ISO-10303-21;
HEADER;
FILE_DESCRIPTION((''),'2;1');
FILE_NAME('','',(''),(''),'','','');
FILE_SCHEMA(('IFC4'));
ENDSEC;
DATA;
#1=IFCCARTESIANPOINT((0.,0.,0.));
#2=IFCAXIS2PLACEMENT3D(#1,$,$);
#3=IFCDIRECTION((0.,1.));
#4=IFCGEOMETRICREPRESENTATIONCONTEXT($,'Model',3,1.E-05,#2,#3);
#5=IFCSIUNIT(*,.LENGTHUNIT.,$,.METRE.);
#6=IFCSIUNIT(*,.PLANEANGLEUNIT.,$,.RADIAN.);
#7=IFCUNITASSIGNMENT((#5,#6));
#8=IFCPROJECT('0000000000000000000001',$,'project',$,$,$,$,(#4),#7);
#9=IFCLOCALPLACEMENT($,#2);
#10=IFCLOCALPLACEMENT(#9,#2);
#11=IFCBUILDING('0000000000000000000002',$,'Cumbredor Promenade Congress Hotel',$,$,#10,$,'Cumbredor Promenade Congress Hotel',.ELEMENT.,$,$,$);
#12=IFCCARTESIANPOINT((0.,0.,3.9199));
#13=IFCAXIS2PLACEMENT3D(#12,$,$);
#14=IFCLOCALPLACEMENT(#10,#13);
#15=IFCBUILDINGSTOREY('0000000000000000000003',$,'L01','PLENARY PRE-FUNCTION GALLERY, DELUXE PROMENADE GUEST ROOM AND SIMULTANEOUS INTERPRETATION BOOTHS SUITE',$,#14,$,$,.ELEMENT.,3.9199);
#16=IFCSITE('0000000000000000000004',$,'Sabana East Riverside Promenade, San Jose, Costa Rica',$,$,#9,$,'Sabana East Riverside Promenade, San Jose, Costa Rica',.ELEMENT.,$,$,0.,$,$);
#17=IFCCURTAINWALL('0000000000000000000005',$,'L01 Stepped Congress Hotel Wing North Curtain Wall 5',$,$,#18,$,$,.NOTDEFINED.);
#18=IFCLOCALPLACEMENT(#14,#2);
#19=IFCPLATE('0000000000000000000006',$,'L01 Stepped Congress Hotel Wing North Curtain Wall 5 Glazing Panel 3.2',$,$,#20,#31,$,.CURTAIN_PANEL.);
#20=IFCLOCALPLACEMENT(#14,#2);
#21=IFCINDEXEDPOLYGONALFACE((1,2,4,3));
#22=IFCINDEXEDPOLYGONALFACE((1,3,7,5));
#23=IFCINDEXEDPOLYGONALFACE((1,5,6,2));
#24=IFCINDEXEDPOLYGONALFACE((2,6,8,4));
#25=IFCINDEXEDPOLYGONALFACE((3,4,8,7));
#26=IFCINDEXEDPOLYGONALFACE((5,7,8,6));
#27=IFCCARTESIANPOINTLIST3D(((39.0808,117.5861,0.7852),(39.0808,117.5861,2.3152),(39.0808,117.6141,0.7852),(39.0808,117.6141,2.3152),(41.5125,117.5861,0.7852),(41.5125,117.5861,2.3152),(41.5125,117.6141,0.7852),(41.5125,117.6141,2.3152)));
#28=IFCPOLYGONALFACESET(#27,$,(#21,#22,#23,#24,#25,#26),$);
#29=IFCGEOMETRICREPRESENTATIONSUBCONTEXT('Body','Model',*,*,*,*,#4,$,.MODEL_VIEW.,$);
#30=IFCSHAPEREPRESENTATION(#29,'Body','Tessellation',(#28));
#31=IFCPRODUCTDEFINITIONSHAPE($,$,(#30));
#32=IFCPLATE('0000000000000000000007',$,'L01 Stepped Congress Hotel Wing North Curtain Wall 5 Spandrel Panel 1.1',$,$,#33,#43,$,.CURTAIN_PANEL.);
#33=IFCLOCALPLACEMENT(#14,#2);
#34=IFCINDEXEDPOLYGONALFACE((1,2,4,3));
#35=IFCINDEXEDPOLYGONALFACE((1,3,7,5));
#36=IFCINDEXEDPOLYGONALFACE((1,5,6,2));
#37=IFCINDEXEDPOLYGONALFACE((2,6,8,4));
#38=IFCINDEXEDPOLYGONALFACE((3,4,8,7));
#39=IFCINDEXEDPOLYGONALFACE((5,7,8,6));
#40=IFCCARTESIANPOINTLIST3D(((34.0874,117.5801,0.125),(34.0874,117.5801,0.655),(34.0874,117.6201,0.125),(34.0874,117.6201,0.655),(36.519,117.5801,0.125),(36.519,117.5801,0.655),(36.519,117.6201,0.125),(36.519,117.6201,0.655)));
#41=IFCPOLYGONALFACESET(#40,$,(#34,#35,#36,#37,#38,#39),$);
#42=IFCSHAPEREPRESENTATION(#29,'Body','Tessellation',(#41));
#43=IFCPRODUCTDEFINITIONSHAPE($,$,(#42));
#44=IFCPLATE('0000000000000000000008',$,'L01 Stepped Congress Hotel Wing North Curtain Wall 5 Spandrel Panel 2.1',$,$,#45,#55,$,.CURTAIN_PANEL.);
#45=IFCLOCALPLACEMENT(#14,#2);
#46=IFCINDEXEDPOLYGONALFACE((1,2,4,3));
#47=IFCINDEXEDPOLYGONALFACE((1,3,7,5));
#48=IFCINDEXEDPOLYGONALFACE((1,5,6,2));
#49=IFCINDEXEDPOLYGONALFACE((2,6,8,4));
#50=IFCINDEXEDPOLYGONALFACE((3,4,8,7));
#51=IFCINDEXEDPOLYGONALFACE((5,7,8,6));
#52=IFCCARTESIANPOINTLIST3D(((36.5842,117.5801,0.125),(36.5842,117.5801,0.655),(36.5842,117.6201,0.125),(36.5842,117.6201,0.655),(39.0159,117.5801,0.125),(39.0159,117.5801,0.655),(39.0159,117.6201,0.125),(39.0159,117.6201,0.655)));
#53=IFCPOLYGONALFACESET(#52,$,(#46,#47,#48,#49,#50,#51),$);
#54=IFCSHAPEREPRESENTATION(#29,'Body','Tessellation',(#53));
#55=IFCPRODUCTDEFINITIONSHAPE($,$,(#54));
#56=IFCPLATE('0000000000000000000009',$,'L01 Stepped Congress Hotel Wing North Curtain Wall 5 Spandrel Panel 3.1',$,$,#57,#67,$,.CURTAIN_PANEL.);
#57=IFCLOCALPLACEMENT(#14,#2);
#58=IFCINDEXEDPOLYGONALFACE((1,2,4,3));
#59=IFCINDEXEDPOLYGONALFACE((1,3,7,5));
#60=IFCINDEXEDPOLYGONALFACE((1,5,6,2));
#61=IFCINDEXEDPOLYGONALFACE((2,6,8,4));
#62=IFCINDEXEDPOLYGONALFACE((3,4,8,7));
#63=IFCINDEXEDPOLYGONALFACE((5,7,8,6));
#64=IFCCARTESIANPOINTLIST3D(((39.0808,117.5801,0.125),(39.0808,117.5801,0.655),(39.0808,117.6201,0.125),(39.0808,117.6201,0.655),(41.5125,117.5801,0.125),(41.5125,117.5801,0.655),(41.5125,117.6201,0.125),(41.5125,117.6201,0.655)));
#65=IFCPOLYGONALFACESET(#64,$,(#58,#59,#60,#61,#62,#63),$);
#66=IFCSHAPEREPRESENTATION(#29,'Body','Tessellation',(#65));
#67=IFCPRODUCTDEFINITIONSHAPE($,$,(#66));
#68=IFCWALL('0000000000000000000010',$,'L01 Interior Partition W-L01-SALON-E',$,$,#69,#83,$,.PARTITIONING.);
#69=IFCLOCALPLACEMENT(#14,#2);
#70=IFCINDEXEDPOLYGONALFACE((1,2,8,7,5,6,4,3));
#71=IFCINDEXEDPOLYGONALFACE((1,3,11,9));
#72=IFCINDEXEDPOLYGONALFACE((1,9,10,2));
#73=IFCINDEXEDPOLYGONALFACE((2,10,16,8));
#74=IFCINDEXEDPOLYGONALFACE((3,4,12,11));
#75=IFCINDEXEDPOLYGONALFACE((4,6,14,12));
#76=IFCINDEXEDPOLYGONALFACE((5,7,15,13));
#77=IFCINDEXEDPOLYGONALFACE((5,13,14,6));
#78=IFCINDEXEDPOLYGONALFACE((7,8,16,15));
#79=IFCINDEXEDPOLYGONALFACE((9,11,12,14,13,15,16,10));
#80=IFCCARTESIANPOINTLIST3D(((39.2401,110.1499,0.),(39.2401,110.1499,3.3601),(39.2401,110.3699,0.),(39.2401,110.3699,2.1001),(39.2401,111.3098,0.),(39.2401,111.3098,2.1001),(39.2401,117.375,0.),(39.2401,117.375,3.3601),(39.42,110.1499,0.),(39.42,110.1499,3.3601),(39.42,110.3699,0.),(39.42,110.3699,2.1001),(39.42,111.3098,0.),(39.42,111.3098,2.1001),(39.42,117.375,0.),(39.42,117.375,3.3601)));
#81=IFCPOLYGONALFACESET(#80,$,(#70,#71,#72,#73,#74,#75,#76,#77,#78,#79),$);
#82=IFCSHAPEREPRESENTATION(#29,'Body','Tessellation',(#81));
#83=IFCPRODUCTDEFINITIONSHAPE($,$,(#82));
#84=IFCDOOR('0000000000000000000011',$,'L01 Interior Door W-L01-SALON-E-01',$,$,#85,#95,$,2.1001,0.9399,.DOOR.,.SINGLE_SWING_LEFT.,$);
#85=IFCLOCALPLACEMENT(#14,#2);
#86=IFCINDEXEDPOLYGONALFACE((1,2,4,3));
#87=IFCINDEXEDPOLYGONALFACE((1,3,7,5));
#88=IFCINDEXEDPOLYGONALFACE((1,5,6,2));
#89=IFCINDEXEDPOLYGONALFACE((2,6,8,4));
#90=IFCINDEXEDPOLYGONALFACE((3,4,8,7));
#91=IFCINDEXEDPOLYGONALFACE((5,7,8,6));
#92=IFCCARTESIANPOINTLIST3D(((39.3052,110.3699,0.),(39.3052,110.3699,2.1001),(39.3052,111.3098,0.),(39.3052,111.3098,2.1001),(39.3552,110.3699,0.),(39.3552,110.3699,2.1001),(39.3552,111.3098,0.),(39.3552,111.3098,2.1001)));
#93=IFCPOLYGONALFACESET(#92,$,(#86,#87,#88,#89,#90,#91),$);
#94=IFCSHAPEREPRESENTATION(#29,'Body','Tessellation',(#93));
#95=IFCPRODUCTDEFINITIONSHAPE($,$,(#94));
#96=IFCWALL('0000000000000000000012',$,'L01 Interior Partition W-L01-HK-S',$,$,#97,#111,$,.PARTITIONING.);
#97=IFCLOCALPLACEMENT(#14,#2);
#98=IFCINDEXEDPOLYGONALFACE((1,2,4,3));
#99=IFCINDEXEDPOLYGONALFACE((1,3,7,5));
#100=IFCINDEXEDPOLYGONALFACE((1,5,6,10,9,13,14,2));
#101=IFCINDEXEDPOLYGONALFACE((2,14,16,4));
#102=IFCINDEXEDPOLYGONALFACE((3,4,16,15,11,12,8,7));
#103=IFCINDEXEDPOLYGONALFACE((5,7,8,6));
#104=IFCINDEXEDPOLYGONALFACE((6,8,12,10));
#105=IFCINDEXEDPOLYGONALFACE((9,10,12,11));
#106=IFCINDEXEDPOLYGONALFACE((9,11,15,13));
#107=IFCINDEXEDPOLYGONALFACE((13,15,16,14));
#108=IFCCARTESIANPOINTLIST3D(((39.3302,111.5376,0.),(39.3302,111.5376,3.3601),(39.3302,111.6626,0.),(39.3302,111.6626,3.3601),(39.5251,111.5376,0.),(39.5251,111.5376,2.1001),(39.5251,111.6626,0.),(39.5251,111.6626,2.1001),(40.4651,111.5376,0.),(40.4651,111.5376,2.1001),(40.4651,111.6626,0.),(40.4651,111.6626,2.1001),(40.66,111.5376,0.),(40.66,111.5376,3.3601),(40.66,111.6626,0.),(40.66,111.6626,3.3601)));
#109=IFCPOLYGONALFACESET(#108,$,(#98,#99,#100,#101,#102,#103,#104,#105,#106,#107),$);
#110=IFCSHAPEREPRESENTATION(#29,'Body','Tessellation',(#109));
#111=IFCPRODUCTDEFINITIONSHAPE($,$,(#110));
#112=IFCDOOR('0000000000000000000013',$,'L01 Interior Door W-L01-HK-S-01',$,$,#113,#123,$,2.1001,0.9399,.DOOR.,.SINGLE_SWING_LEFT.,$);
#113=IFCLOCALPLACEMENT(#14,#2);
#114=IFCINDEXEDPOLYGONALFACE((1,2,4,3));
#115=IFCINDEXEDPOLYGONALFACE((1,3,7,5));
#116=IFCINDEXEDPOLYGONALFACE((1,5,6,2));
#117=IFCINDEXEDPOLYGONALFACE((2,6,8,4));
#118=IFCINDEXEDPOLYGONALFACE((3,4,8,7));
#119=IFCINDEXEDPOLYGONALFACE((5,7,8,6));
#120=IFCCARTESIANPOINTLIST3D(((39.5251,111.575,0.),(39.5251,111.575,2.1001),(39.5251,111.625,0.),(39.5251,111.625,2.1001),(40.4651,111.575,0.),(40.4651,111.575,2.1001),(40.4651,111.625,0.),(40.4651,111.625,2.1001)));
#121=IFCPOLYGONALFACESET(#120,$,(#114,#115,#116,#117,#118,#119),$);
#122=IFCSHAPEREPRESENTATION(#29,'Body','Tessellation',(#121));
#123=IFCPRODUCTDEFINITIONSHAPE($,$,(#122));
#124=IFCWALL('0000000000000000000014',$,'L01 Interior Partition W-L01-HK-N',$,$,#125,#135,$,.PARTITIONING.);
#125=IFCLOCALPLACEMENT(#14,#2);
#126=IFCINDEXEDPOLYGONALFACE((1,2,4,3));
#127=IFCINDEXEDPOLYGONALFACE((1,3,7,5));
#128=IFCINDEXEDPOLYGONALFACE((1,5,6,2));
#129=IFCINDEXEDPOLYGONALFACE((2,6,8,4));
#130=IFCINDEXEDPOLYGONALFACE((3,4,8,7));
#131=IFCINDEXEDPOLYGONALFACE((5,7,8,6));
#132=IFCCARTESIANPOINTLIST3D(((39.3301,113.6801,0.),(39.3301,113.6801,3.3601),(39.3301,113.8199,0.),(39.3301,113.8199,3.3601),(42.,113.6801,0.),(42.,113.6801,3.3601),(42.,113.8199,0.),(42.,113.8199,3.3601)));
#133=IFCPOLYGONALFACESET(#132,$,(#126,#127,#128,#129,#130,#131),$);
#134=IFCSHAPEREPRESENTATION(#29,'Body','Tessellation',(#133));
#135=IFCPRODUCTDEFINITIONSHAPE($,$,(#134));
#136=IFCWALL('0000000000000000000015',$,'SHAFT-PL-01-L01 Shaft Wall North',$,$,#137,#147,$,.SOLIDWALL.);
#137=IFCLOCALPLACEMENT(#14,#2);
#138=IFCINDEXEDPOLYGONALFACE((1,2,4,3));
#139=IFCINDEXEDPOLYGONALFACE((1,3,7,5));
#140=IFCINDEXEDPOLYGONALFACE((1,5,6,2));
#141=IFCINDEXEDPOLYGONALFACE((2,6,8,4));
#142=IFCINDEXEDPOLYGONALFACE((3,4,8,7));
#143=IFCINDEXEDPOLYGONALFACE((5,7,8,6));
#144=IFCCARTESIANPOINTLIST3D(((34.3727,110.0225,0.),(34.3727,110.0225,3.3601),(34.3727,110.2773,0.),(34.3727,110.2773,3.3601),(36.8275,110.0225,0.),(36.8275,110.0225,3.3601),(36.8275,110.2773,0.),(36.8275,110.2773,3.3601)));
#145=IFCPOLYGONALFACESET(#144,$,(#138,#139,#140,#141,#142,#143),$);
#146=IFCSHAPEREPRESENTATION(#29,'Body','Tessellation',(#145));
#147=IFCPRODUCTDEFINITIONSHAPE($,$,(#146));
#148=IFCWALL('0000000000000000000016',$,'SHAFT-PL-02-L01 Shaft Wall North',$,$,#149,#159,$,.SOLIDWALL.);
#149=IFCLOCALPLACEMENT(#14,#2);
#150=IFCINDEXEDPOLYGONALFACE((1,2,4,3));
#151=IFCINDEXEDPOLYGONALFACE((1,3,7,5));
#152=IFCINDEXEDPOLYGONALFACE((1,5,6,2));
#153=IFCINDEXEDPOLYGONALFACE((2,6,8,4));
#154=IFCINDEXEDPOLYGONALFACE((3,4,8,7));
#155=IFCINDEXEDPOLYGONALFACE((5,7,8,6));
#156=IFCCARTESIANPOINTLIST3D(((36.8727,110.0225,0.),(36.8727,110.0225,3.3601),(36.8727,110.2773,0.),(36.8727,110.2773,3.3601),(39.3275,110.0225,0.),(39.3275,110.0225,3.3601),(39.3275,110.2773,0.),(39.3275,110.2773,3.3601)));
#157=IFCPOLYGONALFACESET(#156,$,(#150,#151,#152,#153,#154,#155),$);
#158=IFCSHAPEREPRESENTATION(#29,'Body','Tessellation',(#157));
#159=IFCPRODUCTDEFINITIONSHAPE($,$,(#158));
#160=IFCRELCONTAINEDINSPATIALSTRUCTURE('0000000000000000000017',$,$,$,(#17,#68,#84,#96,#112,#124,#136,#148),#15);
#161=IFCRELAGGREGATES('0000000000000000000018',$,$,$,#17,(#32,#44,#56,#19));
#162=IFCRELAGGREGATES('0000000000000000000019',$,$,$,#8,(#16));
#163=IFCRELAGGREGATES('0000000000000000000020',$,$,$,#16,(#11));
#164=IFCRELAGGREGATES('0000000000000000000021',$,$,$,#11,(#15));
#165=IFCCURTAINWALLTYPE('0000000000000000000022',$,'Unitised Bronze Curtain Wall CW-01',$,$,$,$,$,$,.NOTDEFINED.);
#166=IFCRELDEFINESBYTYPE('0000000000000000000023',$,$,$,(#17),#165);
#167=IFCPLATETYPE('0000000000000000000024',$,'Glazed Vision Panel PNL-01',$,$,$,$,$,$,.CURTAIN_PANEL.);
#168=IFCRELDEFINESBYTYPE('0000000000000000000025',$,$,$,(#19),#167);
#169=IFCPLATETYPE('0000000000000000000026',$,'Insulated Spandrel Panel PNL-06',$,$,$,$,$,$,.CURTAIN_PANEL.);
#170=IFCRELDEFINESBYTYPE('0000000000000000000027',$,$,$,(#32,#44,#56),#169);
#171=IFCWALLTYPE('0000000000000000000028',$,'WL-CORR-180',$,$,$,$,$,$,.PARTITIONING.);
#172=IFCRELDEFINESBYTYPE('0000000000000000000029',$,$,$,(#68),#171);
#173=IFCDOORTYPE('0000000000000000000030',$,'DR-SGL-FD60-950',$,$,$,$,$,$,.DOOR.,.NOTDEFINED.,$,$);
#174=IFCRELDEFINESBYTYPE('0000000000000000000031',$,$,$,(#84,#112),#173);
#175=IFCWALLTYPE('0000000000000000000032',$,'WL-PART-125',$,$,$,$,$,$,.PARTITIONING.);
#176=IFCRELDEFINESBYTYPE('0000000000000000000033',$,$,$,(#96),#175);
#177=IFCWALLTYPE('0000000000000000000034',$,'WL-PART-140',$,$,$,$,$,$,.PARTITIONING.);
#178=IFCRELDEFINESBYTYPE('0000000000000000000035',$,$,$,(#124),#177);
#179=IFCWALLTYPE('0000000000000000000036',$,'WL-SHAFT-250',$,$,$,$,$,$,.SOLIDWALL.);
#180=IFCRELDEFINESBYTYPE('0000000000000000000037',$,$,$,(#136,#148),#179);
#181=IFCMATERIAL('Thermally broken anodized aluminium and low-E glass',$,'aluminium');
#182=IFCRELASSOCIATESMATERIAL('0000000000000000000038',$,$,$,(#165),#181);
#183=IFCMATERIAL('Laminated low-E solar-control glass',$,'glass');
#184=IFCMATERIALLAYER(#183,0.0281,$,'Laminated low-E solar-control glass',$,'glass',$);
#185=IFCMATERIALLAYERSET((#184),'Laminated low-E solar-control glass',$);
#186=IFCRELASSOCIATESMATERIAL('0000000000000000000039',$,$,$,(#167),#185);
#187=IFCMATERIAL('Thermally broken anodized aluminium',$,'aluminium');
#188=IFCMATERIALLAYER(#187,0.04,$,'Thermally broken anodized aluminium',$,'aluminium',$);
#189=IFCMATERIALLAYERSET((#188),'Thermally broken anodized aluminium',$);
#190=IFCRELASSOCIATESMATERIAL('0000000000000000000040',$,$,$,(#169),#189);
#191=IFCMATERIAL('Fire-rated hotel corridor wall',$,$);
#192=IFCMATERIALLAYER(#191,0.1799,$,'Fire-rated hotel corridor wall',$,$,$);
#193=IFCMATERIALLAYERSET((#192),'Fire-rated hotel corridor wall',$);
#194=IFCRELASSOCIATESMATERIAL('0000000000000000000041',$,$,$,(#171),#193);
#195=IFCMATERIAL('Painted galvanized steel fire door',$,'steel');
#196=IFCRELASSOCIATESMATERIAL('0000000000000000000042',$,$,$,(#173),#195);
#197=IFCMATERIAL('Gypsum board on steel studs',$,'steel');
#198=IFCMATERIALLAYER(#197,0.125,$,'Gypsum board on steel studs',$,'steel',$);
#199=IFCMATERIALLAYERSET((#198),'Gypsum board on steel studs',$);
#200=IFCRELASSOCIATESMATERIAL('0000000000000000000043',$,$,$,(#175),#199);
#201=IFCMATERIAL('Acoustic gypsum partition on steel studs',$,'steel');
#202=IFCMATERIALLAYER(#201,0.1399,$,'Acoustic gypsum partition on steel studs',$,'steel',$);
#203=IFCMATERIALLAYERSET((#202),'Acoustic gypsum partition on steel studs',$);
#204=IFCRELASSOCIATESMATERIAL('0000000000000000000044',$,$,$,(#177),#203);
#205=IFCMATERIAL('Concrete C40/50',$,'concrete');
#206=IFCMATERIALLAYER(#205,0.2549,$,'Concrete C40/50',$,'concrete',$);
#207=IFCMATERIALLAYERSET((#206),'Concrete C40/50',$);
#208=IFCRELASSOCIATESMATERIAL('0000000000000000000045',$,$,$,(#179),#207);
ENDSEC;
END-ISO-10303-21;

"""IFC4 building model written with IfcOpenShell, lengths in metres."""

from ifc_helpers import new_model, si_unit, direction, frame, frame_2d, origin, origin_2d, place, context, subcontext, project, spatial, rectangle, extrude, material, layer, layer_set, type_object, element, fill, aggregate, save


model = new_model("IFC4")

# Units and contexts
model_context = context("Model", 3, precision=1e-05, world=origin(), true_north=direction((0.0, 1.0)))
body_context = subcontext(model_context, "Body", "Model", "MODEL_VIEW")
ifc_project = project(units=[si_unit("LENGTHUNIT", "METRE"), si_unit("PLANEANGLEUNIT", "RADIAN")], contexts=[model_context])

# Site, building, storey
site_placement = place(None, origin())
site = spatial("IfcSite", under=ifc_project, at=site_placement, Name="Sabana East Riverside Promenade, San Jose, Costa Rica", LongName="Sabana East Riverside Promenade, San Jose, Costa Rica", CompositionType="ELEMENT", RefElevation=0.0)
building_placement = place(site_placement, origin())
building = spatial("IfcBuilding", under=site, at=building_placement, Name="Cumbredor Promenade Congress Hotel", LongName="Cumbredor Promenade Congress Hotel", CompositionType="ELEMENT")
storey_placement = place(building_placement, frame((0.0, 0.0, 3.9199)))
storey = spatial("IfcBuildingStorey", under=building, at=storey_placement, Name="L01", Description="PLENARY PRE-FUNCTION GALLERY, DELUXE PROMENADE GUEST ROOM AND SIMULTANEOUS INTERPRETATION BOOTHS SUITE", CompositionType="ELEMENT", Elevation=3.9199)

# Shared definitions
ifc_material_1 = material(Name="Concrete C40/50", Category="concrete")

# Curtain wall, plates
ifc_material_2 = material(Name="Thermally broken anodized aluminium and low-E glass", Category="aluminium")
curtain_wall_type = type_object("IfcCurtainWallType", Name="Unitised Bronze Curtain Wall CW-01", PredefinedType="NOTDEFINED", material=ifc_material_2)
curtain_wall_placement = place(storey_placement, origin())
curtain_wall = element("IfcCurtainWall", 1, at=curtain_wall_placement, inside=storey, type_object=curtain_wall_type, Name="L01 Stepped Congress Hotel Wing North Curtain Wall 5", PredefinedType="NOTDEFINED")
ifc_material_3 = material(Name="Thermally broken anodized aluminium", Category="aluminium")
ifc_material_4 = material(Name="Laminated low-E solar-control glass", Category="glass")
ifc_layer_1 = layer(ifc_material_4, 0.0281, Name="Laminated low-E solar-control glass", Category="glass")
ifc_layer_set_1 = layer_set([ifc_layer_1], Name="Laminated low-E solar-control glass")
plate_type_1 = type_object("IfcPlateType", Name="Glazed Vision Panel PNL-01", PredefinedType="CURTAIN_PANEL", material=ifc_layer_set_1)
plate_1_placement = place(storey_placement, frame((40.2966, 117.6001, 0.7852), z_axis=(0.0, 0.0, 1.0), x_axis=(1.0, 0.0, 0.0)))
plate_1 = element("IfcPlate", 2, at=plate_1_placement, type_object=plate_type_1, Name="L01 Stepped Congress Hotel Wing North Curtain Wall 5 Glazing Panel 3.2", PredefinedType="CURTAIN_PANEL", context=body_context, shape_type="SweptSolid", body=[
    extrude(rectangle(XDim=2.4316, YDim=0.0281, at=origin_2d()), origin(), (0.0, 0.0, 1.0), 1.53),
])
ifc_layer_2 = layer(ifc_material_3, 0.04, Name="Thermally broken anodized aluminium", Category="aluminium")
ifc_layer_set_2 = layer_set([ifc_layer_2], Name="Thermally broken anodized aluminium")
plate_type_2 = type_object("IfcPlateType", Name="Insulated Spandrel Panel PNL-06", PredefinedType="CURTAIN_PANEL", material=ifc_layer_set_2)
plate_2_placement = place(storey_placement, frame((35.3032, 117.6001, 0.125), z_axis=(0.0, 0.0, 1.0), x_axis=(1.0, 0.0, 0.0)))
plate_2 = element("IfcPlate", 3, at=plate_2_placement, type_object=plate_type_2, Name="L01 Stepped Congress Hotel Wing North Curtain Wall 5 Spandrel Panel 1.1", PredefinedType="CURTAIN_PANEL", context=body_context, shape_type="SweptSolid", body=[
    extrude(rectangle(XDim=2.4316, YDim=0.04, at=origin_2d()), origin(), (0.0, 0.0, 1.0), 0.53),
])
plate_3_placement = place(storey_placement, frame((37.8, 117.6001, 0.125), z_axis=(0.0, 0.0, 1.0), x_axis=(1.0, 0.0, 0.0)))
plate_3 = element("IfcPlate", 4, at=plate_3_placement, type_object=plate_type_2, Name="L01 Stepped Congress Hotel Wing North Curtain Wall 5 Spandrel Panel 2.1", PredefinedType="CURTAIN_PANEL", context=body_context, shape_type="SweptSolid", body=[
    extrude(rectangle(XDim=2.4316, YDim=0.04, at=origin_2d()), origin(), (0.0, 0.0, 1.0), 0.53),
])
plate_4_placement = place(storey_placement, frame((40.2966, 117.6001, 0.125), z_axis=(0.0, 0.0, 1.0), x_axis=(1.0, 0.0, 0.0)))
plate_4 = element("IfcPlate", 5, at=plate_4_placement, type_object=plate_type_2, Name="L01 Stepped Congress Hotel Wing North Curtain Wall 5 Spandrel Panel 3.1", PredefinedType="CURTAIN_PANEL", context=body_context, shape_type="SweptSolid", body=[
    extrude(rectangle(XDim=2.4316, YDim=0.04, at=origin_2d()), origin(), (0.0, 0.0, 1.0), 0.53),
])
aggregate(curtain_wall, [plate_2, plate_3, plate_4, plate_1])

# Walls, openings, doors
ifc_material_5 = material(Name="Fire-rated hotel corridor wall")
ifc_layer_3 = layer(ifc_material_5, 0.1799, Name="Fire-rated hotel corridor wall")
ifc_layer_set_3 = layer_set([ifc_layer_3], Name="Fire-rated hotel corridor wall")
wall_type_1 = type_object("IfcWallType", Name="WL-CORR-180", PredefinedType="PARTITIONING", material=ifc_layer_set_3)
wall_1_placement = place(storey_placement, frame((39.3301, 110.1499, 0.0), z_axis=(0.0, 0.0, 1.0), x_axis=(0.0, 1.0, 0.0)))
wall_1 = element("IfcWall", 6, at=wall_1_placement, inside=storey, type_object=wall_type_1, Name="L01 Interior Partition W-L01-SALON-E", PredefinedType="PARTITIONING", context=body_context, shape_type="SweptSolid", body=[
    extrude(rectangle(XDim=7.2251, YDim=0.1799, at=frame_2d((3.6125, 0.0))), origin(), (0.0, 0.0, 1.0), 3.3601),
])
opening_1_placement = place(wall_1_placement, frame((0.22, 0.0, 0.0)))
opening_1 = element("IfcOpeningElement", 7, at=opening_1_placement, cuts=wall_1, PredefinedType="OPENING", context=body_context, shape_type="SweptSolid", body=[
    extrude(rectangle(XDim=0.9399, YDim=2.1001, at=frame_2d((0.47, 1.05))), frame((0.0, 0.1001, 0.0), z_axis=(0.0, -1.0, 0.0), x_axis=(1.0, 0.0, 0.0)), (0.0, 0.0, 1.0), 0.2),
])
ifc_material_6 = material(Name="Painted galvanized steel fire door", Category="steel")
door_type = type_object("IfcDoorType", Name="DR-SGL-FD60-950", OperationType="NOTDEFINED", PredefinedType="DOOR", material=ifc_material_6)
door_1_placement = place(opening_1_placement, origin())
door_1 = element("IfcDoor", 8, at=door_1_placement, inside=storey, type_object=door_type, Name="L01 Interior Door W-L01-SALON-E-01", OperationType="SINGLE_SWING_LEFT", OverallHeight=2.1001, OverallWidth=0.9399, PredefinedType="DOOR", context=body_context, shape_type="SweptSolid", body=[
    extrude(rectangle(XDim=0.9399, YDim=2.1001, at=frame_2d((0.47, 1.05))), frame((0.0, 0.0249, 0.0), z_axis=(0.0, -1.0, 0.0), x_axis=(1.0, 0.0, 0.0)), (0.0, 0.0, 1.0), 0.05),
])
fill(opening_1, door_1)
ifc_material_7 = material(Name="Gypsum board on steel studs", Category="steel")
ifc_layer_4 = layer(ifc_material_7, 0.125, Name="Gypsum board on steel studs", Category="steel")
ifc_layer_set_4 = layer_set([ifc_layer_4], Name="Gypsum board on steel studs")
wall_type_2 = type_object("IfcWallType", Name="WL-PART-125", PredefinedType="PARTITIONING", material=ifc_layer_set_4)
wall_2_placement = place(storey_placement, frame((39.3301, 111.6001, 0.0), z_axis=(0.0, 0.0, 1.0), x_axis=(1.0, 0.0, 0.0)))
wall_2 = element("IfcWall", 9, at=wall_2_placement, inside=storey, type_object=wall_type_2, Name="L01 Interior Partition W-L01-HK-S", PredefinedType="PARTITIONING", context=body_context, shape_type="SweptSolid", body=[
    extrude(rectangle(XDim=1.3298, YDim=0.125, at=frame_2d((0.665, 0.0))), origin(), (0.0, 0.0, 1.0), 3.3601),
])
opening_2_placement = place(wall_2_placement, frame((0.1951, 0.0, 0.0)))
opening_2 = element("IfcOpeningElement", 10, at=opening_2_placement, cuts=wall_2, PredefinedType="OPENING", context=body_context, shape_type="SweptSolid", body=[
    extrude(rectangle(XDim=0.9399, YDim=2.1001, at=frame_2d((0.47, 1.05))), frame((0.0, 0.0725, 0.0), z_axis=(0.0, -1.0, 0.0), x_axis=(1.0, 0.0, 0.0)), (0.0, 0.0, 1.0), 0.145),
])
door_2_placement = place(opening_2_placement, origin())
door_2 = element("IfcDoor", 11, at=door_2_placement, inside=storey, type_object=door_type, Name="L01 Interior Door W-L01-HK-S-01", OperationType="SINGLE_SWING_LEFT", OverallHeight=2.1001, OverallWidth=0.9399, PredefinedType="DOOR", context=body_context, shape_type="SweptSolid", body=[
    extrude(rectangle(XDim=0.9399, YDim=2.1001, at=frame_2d((0.47, 1.05))), frame((0.0, 0.0249, 0.0), z_axis=(0.0, -1.0, 0.0), x_axis=(1.0, 0.0, 0.0)), (0.0, 0.0, 1.0), 0.05),
])
fill(opening_2, door_2)

# Walls
ifc_material_8 = material(Name="Acoustic gypsum partition on steel studs", Category="steel")
ifc_layer_5 = layer(ifc_material_8, 0.1399, Name="Acoustic gypsum partition on steel studs", Category="steel")
ifc_layer_set_5 = layer_set([ifc_layer_5], Name="Acoustic gypsum partition on steel studs")
wall_type_3 = type_object("IfcWallType", Name="WL-PART-140", PredefinedType="PARTITIONING", material=ifc_layer_set_5)
wall_3_placement = place(storey_placement, frame((39.3301, 113.75, 0.0), z_axis=(0.0, 0.0, 1.0), x_axis=(1.0, 0.0, 0.0)))
element("IfcWall", 12, at=wall_3_placement, inside=storey, type_object=wall_type_3, Name="L01 Interior Partition W-L01-HK-N", PredefinedType="PARTITIONING", context=body_context, shape_type="SweptSolid", body=[
    extrude(rectangle(XDim=2.6699, YDim=0.1399, at=frame_2d((1.335, 0.0))), origin(), (0.0, 0.0, 1.0), 3.3601),
])
ifc_layer_6 = layer(ifc_material_1, 0.2549, Name="Concrete C40/50", Category="concrete")
ifc_layer_set_6 = layer_set([ifc_layer_6], Name="Concrete C40/50")
wall_type_4 = type_object("IfcWallType", Name="WL-SHAFT-250", PredefinedType="SOLIDWALL", material=ifc_layer_set_6)
for number, where, z_axis, x_axis, name in (
    (13, (34.3726, 110.1499, 0.0), (0.0, 0.0, 1.0), (1.0, 0.0, 0.0), "SHAFT-PL-01-L01 Shaft Wall North"),
    (14, (36.8726, 110.1499, 0.0), (0.0, 0.0, 1.0), (1.0, 0.0, 0.0), "SHAFT-PL-02-L01 Shaft Wall North"),
):
    element("IfcWall", number, at=place(storey_placement, frame(where, z_axis=z_axis, x_axis=x_axis)), inside=storey, type_object=wall_type_4, Name=name, PredefinedType="SOLIDWALL", context=body_context, shape_type="SweptSolid", body=[
        extrude(rectangle(XDim=2.4548, YDim=0.2549, at=frame_2d((1.2275, 0.0))), origin(), (0.0, 0.0, 1.0), 3.3601),
    ])

save(model, "model.ifc")
